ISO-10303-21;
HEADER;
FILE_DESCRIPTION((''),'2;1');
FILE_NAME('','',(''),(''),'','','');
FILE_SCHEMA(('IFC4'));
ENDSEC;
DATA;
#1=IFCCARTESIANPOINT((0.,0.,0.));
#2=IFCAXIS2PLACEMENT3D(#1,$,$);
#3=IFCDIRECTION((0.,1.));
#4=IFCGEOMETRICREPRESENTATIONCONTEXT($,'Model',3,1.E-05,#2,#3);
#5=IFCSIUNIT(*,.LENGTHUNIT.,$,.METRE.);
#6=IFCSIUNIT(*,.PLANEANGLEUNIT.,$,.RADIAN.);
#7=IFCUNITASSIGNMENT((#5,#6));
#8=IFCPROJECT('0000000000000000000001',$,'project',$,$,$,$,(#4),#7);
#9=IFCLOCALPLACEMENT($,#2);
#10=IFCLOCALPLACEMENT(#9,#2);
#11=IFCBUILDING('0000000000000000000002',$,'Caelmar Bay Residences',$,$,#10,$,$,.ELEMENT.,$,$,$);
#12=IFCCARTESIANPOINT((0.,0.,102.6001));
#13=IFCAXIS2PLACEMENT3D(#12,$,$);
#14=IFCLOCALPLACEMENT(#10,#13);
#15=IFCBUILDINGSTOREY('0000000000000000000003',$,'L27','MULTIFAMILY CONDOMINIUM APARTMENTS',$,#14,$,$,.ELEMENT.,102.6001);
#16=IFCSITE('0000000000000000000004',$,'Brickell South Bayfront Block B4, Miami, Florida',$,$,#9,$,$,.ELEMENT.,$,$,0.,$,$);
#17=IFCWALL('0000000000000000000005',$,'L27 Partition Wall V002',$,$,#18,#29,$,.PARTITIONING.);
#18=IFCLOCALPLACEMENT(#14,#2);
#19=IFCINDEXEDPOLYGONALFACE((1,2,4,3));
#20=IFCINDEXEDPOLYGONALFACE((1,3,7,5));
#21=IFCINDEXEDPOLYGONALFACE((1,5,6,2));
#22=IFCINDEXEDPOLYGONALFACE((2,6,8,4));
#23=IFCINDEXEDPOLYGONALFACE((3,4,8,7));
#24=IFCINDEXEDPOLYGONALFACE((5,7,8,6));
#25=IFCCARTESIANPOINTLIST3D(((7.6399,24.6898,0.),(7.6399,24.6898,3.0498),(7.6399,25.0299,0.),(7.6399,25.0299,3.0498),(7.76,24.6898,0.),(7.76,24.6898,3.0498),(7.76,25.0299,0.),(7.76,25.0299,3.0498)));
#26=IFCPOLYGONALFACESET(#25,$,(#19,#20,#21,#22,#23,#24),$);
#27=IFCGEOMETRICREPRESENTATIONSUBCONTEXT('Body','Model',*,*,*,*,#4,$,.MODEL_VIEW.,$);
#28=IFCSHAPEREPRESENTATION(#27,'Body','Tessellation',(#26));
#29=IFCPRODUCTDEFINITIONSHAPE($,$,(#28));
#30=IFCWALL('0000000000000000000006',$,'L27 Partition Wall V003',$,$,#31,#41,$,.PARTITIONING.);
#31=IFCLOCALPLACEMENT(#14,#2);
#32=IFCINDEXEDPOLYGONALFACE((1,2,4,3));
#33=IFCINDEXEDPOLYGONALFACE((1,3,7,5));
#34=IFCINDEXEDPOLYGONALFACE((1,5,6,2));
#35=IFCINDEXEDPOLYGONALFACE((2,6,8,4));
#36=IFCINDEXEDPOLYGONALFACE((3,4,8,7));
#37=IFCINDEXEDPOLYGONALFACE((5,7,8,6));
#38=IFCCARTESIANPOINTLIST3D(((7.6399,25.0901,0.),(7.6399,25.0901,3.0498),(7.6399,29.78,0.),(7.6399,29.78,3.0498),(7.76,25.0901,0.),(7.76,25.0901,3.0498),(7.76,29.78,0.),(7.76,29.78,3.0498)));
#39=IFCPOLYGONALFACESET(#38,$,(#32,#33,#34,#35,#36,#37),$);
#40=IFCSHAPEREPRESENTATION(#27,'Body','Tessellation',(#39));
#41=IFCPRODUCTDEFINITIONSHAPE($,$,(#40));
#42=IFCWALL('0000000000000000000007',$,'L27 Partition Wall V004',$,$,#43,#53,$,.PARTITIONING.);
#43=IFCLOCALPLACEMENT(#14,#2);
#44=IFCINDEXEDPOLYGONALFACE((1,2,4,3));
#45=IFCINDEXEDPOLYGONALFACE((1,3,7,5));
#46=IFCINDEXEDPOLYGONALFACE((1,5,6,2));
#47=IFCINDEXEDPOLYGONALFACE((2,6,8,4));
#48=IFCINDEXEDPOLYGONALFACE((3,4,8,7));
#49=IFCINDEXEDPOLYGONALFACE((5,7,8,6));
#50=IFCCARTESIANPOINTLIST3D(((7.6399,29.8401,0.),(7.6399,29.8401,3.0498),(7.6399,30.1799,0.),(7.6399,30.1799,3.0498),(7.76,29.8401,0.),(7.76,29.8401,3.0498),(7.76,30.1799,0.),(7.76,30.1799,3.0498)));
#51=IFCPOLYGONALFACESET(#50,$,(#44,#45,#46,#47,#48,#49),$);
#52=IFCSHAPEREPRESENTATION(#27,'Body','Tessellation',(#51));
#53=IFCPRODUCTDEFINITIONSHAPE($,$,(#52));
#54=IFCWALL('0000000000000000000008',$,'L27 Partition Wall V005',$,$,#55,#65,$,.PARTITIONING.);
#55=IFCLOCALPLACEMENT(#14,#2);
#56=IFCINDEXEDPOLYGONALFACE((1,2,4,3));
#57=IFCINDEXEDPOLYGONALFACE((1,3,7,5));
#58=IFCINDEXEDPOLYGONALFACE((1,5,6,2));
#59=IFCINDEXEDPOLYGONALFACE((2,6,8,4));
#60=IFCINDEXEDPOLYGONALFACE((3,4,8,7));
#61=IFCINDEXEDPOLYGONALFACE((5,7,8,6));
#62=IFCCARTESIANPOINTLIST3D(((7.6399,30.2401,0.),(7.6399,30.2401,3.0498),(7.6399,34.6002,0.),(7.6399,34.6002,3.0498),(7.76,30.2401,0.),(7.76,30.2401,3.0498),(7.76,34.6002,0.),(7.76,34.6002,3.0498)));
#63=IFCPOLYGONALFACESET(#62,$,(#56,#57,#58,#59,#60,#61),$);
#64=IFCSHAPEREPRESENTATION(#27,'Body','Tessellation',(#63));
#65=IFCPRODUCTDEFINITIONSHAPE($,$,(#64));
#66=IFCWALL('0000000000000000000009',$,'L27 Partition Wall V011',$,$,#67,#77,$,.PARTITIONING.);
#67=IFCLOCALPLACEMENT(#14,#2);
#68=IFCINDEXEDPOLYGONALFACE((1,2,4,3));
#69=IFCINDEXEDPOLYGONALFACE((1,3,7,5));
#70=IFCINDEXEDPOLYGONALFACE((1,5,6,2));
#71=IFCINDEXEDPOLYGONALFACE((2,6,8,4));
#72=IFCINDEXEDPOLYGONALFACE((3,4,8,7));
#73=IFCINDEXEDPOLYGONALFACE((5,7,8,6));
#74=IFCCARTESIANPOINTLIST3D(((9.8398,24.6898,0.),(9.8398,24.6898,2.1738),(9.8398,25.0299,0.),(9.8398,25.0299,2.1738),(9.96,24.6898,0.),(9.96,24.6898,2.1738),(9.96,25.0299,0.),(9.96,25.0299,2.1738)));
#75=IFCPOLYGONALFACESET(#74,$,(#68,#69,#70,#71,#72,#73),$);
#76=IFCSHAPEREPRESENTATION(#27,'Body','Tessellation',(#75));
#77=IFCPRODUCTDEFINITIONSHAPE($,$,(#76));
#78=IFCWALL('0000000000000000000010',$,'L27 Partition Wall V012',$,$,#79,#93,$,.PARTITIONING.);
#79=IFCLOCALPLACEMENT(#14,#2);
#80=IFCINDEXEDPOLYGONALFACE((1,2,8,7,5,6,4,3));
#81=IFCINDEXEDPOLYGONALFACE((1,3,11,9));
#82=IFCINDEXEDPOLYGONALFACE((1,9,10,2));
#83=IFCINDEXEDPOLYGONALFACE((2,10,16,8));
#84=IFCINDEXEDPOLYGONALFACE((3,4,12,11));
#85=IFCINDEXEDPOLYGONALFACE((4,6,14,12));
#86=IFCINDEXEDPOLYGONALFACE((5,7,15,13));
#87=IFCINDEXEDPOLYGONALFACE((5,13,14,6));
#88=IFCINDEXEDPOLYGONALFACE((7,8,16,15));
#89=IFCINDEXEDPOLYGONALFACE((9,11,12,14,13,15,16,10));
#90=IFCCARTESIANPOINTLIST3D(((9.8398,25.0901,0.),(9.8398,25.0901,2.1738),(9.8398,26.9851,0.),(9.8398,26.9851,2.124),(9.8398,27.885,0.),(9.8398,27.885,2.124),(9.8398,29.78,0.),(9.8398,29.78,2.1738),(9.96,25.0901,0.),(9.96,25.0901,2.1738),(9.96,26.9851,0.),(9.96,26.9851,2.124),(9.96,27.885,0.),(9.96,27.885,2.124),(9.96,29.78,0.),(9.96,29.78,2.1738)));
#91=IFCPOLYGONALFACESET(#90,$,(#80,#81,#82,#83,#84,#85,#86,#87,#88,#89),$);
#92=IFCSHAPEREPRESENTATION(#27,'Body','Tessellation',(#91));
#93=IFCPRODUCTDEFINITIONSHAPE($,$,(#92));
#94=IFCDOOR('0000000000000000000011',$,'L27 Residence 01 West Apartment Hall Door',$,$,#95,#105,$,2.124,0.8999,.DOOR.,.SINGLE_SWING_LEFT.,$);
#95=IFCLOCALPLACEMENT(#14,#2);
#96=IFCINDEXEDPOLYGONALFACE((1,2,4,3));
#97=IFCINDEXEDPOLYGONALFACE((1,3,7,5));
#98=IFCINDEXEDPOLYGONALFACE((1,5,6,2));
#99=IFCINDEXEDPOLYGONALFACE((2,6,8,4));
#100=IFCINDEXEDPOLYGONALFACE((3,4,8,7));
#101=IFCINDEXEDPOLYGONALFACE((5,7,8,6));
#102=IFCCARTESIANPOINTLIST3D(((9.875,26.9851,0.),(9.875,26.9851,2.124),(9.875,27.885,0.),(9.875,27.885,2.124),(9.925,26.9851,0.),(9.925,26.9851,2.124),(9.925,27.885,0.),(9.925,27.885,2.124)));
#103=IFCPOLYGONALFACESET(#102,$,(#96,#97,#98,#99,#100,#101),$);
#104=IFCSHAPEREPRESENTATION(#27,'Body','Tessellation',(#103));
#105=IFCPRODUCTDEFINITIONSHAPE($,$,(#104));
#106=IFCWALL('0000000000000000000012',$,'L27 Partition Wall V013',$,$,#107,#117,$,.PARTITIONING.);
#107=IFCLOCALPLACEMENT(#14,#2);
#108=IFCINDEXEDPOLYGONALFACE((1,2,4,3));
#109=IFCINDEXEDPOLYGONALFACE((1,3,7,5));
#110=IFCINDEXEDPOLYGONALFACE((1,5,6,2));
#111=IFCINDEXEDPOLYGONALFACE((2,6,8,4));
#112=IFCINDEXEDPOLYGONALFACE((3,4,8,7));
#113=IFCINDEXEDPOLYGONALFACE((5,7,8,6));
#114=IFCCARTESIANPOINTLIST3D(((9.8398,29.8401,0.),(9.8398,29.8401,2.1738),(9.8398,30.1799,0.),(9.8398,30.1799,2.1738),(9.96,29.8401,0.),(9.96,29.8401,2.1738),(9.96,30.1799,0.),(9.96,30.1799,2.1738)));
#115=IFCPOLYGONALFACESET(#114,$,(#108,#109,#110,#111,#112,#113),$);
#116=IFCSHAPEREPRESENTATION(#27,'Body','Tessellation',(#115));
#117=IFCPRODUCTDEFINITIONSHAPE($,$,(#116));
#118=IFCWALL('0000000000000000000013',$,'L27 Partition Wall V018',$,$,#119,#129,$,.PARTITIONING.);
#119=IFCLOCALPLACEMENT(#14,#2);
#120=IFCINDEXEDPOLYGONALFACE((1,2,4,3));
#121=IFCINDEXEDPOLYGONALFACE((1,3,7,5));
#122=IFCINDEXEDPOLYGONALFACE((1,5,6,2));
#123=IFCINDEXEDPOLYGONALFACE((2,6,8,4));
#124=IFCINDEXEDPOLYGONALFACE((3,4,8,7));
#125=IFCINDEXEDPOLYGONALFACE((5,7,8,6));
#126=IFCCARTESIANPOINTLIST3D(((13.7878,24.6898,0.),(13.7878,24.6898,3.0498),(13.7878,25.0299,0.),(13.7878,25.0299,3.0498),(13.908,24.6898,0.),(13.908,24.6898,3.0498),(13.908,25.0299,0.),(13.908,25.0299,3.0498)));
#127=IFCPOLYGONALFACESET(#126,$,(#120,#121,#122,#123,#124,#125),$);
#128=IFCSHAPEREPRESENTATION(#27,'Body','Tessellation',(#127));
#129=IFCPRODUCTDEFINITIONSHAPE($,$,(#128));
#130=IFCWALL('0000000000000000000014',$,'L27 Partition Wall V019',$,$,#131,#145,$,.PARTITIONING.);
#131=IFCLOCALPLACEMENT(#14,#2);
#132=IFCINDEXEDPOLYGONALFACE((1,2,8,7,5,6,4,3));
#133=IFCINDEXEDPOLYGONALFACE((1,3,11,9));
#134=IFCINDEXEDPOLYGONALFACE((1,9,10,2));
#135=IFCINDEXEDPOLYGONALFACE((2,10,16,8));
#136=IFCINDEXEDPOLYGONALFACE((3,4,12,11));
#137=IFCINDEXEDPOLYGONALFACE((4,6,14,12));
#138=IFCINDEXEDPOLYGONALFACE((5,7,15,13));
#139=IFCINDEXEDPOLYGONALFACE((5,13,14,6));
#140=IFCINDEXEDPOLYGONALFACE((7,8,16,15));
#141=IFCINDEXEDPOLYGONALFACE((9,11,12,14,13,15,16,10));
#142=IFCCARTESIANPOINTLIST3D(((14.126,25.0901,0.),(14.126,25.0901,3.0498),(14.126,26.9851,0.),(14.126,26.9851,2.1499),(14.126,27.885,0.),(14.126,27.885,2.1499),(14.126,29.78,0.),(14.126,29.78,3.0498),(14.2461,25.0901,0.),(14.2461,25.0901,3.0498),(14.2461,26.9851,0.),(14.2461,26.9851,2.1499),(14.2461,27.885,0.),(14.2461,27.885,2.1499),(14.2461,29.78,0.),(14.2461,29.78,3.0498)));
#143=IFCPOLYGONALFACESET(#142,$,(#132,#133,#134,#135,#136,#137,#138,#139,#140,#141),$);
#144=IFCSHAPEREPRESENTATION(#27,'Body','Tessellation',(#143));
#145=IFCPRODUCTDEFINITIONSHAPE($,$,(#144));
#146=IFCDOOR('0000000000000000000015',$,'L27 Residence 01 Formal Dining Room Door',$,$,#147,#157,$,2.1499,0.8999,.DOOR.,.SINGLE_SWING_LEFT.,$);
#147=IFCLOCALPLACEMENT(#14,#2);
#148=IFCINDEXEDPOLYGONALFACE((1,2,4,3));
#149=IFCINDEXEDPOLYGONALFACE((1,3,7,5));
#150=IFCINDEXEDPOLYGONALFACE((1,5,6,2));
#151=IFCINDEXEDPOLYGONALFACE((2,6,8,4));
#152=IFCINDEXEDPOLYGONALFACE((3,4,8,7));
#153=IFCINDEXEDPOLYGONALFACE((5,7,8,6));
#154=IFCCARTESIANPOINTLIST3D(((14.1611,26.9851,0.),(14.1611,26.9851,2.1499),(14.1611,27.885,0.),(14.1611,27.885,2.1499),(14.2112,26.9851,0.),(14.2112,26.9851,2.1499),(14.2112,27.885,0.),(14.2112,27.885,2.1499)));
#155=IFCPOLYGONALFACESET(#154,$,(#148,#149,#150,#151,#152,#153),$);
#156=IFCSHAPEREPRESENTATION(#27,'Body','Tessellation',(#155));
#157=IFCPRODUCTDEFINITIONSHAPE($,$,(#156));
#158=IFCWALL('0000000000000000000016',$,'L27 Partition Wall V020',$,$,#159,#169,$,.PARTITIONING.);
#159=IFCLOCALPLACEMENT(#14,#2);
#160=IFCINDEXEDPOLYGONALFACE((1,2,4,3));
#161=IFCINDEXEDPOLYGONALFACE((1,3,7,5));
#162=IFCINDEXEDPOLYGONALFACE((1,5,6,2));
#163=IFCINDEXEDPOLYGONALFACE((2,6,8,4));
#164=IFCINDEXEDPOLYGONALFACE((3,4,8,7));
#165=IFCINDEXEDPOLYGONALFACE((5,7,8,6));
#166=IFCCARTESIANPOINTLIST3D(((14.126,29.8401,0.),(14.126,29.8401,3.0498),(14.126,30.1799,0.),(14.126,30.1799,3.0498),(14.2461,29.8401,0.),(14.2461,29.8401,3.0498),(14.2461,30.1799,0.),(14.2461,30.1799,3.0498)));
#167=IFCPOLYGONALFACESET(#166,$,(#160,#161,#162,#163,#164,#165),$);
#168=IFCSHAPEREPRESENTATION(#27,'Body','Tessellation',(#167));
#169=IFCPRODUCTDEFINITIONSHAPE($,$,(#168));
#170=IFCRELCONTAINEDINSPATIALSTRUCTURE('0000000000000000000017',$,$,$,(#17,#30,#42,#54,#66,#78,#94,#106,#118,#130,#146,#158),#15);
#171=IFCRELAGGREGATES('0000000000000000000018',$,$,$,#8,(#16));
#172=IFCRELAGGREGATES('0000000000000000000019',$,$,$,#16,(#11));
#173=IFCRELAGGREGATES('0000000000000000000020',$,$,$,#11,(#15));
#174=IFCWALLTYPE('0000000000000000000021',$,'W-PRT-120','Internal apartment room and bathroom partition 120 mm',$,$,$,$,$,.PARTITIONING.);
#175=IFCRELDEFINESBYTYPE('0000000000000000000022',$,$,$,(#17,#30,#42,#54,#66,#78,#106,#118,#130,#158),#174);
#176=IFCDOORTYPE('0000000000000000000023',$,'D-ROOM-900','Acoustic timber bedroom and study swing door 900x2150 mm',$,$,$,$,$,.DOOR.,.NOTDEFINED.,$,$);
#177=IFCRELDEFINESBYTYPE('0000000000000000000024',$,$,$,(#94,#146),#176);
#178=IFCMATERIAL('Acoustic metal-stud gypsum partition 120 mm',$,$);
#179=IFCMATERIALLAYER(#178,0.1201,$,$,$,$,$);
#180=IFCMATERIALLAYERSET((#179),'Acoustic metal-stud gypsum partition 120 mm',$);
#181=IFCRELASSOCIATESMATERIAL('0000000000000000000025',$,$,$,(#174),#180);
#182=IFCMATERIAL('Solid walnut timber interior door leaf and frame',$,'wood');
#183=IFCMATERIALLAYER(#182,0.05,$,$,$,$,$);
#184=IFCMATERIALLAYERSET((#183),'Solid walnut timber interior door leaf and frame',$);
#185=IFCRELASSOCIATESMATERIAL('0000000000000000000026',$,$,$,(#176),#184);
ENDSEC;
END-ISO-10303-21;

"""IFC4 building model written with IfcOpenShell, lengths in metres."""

from ifc_helpers import new_model, si_unit, direction, frame, frame_2d, origin, place, context, subcontext, project, spatial, rectangle, extrude, material, layer, layer_set, type_object, element, fill, save


model = new_model("IFC4")

# Units and contexts
model_context = context("Model", 3, precision=1e-05, world=origin(), true_north=direction((0.0, 1.0)))
body_context = subcontext(model_context, "Body", "Model", "MODEL_VIEW")
ifc_project = project(units=[si_unit("LENGTHUNIT", "METRE"), si_unit("PLANEANGLEUNIT", "RADIAN")], contexts=[model_context])

# Site, building, storey
site_placement = place(None, origin())
site = spatial("IfcSite", under=ifc_project, at=site_placement, Name="Brickell South Bayfront Block B4, Miami, Florida", CompositionType="ELEMENT", RefElevation=0.0)
building_placement = place(site_placement, origin())
building = spatial("IfcBuilding", under=site, at=building_placement, Name="Caelmar Bay Residences", CompositionType="ELEMENT")
storey_placement = place(building_placement, frame((0.0, 0.0, 102.6001)))
storey = spatial("IfcBuildingStorey", under=building, at=storey_placement, Name="L27", Description="MULTIFAMILY CONDOMINIUM APARTMENTS", CompositionType="ELEMENT", Elevation=102.6001)

# Walls
ifc_material_1 = material(Name="Acoustic metal-stud gypsum partition 120 mm")
ifc_layer_1 = layer(ifc_material_1, 0.1201)
ifc_layer_set_1 = layer_set([ifc_layer_1], Name="Acoustic metal-stud gypsum partition 120 mm")
wall_type_1 = type_object("IfcWallType", Name="W-PRT-120", Description="Internal apartment room and bathroom partition 120 mm", PredefinedType="PARTITIONING", material=ifc_layer_set_1)
wall_1_placement = place(storey_placement, frame((7.7, 24.6899, 0.0), z_axis=(0.0, 0.0, 1.0), x_axis=(0.0, 1.0, 0.0)))
element("IfcWall", 1, at=wall_1_placement, inside=storey, type_object=wall_type_1, Name="L27 Partition Wall V002", PredefinedType="PARTITIONING", context=body_context, shape_type="SweptSolid", body=[
    extrude(rectangle(XDim=0.3401, YDim=0.1201, at=frame_2d((0.1699, 0.0))), origin(), (0.0, 0.0, 1.0), 3.0498),
])
wall_2_placement = place(storey_placement, frame((7.7, 25.0901, 0.0), z_axis=(0.0, 0.0, 1.0), x_axis=(0.0, 1.0, 0.0)))
element("IfcWall", 2, at=wall_2_placement, inside=storey, type_object=wall_type_1, Name="L27 Partition Wall V003", PredefinedType="PARTITIONING", context=body_context, shape_type="SweptSolid", body=[
    extrude(rectangle(XDim=4.6899, YDim=0.1201, at=frame_2d((2.345, 0.0))), origin(), (0.0, 0.0, 1.0), 3.0498),
])
wall_3_placement = place(storey_placement, frame((7.7, 29.8401, 0.0), z_axis=(0.0, 0.0, 1.0), x_axis=(0.0, 1.0, 0.0)))
element("IfcWall", 3, at=wall_3_placement, inside=storey, type_object=wall_type_1, Name="L27 Partition Wall V004", PredefinedType="PARTITIONING", context=body_context, shape_type="SweptSolid", body=[
    extrude(rectangle(XDim=0.3398, YDim=0.1201, at=frame_2d((0.1699, 0.0))), origin(), (0.0, 0.0, 1.0), 3.0498),
])
wall_4_placement = place(storey_placement, frame((7.7, 30.24, 0.0), z_axis=(0.0, 0.0, 1.0), x_axis=(0.0, 1.0, 0.0)))
element("IfcWall", 4, at=wall_4_placement, inside=storey, type_object=wall_type_1, Name="L27 Partition Wall V005", PredefinedType="PARTITIONING", context=body_context, shape_type="SweptSolid", body=[
    extrude(rectangle(XDim=4.3601, YDim=0.1201, at=frame_2d((2.1802, 0.0))), origin(), (0.0, 0.0, 1.0), 3.0498),
])
wall_5_placement = place(storey_placement, frame((9.8999, 24.6899, 0.0), z_axis=(0.0, 0.0, 1.0), x_axis=(0.0, 1.0, 0.0)))
element("IfcWall", 5, at=wall_5_placement, inside=storey, type_object=wall_type_1, Name="L27 Partition Wall V011", PredefinedType="PARTITIONING", context=body_context, shape_type="SweptSolid", body=[
    extrude(rectangle(XDim=0.3401, YDim=0.1201, at=frame_2d((0.1699, 0.0))), origin(), (0.0, 0.0, 1.0), 2.1738),
])

# Wall, opening, door
wall_6_placement = place(storey_placement, frame((9.8999, 25.0901, 0.0), z_axis=(0.0, 0.0, 1.0), x_axis=(0.0, 1.0, 0.0)))
wall_6 = element("IfcWall", 6, at=wall_6_placement, inside=storey, type_object=wall_type_1, Name="L27 Partition Wall V012", PredefinedType="PARTITIONING", context=body_context, shape_type="SweptSolid", body=[
    extrude(rectangle(XDim=4.6899, YDim=0.1201, at=frame_2d((2.345, 0.0))), origin(), (0.0, 0.0, 1.0), 2.1738),
])
opening_1_placement = place(wall_6_placement, frame((1.895, 0.0, 0.0)))
opening_1 = element("IfcOpeningElement", 7, at=opening_1_placement, cuts=wall_6, PredefinedType="OPENING", context=body_context, shape_type="SweptSolid", body=[
    extrude(rectangle(XDim=0.8999, YDim=2.124, at=frame_2d((0.45, 1.062))), frame((0.0, 0.0701, 0.0), z_axis=(0.0, -1.0, 0.0), x_axis=(1.0, 0.0, 0.0)), (0.0, 0.0, 1.0), 0.1401),
])
ifc_material_2 = material(Name="Solid walnut timber interior door leaf and frame", Category="wood")
ifc_layer_2 = layer(ifc_material_2, 0.05)
ifc_layer_set_2 = layer_set([ifc_layer_2], Name="Solid walnut timber interior door leaf and frame")
door_type = type_object("IfcDoorType", Name="D-ROOM-900", Description="Acoustic timber bedroom and study swing door 900x2150 mm", OperationType="NOTDEFINED", PredefinedType="DOOR", material=ifc_layer_set_2)
door_1_placement = place(opening_1_placement, origin())
door_1 = element("IfcDoor", 8, at=door_1_placement, inside=storey, type_object=door_type, Name="L27 Residence 01 West Apartment Hall Door", OperationType="SINGLE_SWING_LEFT", OverallHeight=2.124, OverallWidth=0.8999, PredefinedType="DOOR", context=body_context, shape_type="SweptSolid", body=[
    extrude(rectangle(XDim=0.8999, YDim=2.124, at=frame_2d((0.45, 1.062))), frame((0.0, 0.0249, 0.0), z_axis=(0.0, -1.0, 0.0), x_axis=(1.0, 0.0, 0.0)), (0.0, 0.0, 1.0), 0.05),
])
fill(opening_1, door_1)

# Walls
wall_7_placement = place(storey_placement, frame((9.8999, 29.8401, 0.0), z_axis=(0.0, 0.0, 1.0), x_axis=(0.0, 1.0, 0.0)))
element("IfcWall", 9, at=wall_7_placement, inside=storey, type_object=wall_type_1, Name="L27 Partition Wall V013", PredefinedType="PARTITIONING", context=body_context, shape_type="SweptSolid", body=[
    extrude(rectangle(XDim=0.3398, YDim=0.1201, at=frame_2d((0.1699, 0.0))), origin(), (0.0, 0.0, 1.0), 2.1738),
])
wall_8_placement = place(storey_placement, frame((13.8479, 24.6899, 0.0), z_axis=(0.0, 0.0, 1.0), x_axis=(0.0, 1.0, 0.0)))
element("IfcWall", 10, at=wall_8_placement, inside=storey, type_object=wall_type_1, Name="L27 Partition Wall V018", PredefinedType="PARTITIONING", context=body_context, shape_type="SweptSolid", body=[
    extrude(rectangle(XDim=0.3401, YDim=0.1201, at=frame_2d((0.1699, 0.0))), origin(), (0.0, 0.0, 1.0), 3.0498),
])

# Wall, opening, door
wall_9_placement = place(storey_placement, frame((14.186, 25.0901, 0.0), z_axis=(0.0, 0.0, 1.0), x_axis=(0.0, 1.0, 0.0)))
wall_9 = element("IfcWall", 11, at=wall_9_placement, inside=storey, type_object=wall_type_1, Name="L27 Partition Wall V019", PredefinedType="PARTITIONING", context=body_context, shape_type="SweptSolid", body=[
    extrude(rectangle(XDim=4.6899, YDim=0.1201, at=frame_2d((2.345, 0.0))), origin(), (0.0, 0.0, 1.0), 3.0498),
])
opening_2_placement = place(wall_9_placement, frame((1.895, 0.0, 0.0)))
opening_2 = element("IfcOpeningElement", 12, at=opening_2_placement, cuts=wall_9, PredefinedType="OPENING", context=body_context, shape_type="SweptSolid", body=[
    extrude(rectangle(XDim=0.8999, YDim=2.1499, at=frame_2d((0.45, 1.075))), frame((0.0, 0.0701, 0.0), z_axis=(0.0, -1.0, 0.0), x_axis=(1.0, 0.0, 0.0)), (0.0, 0.0, 1.0), 0.1401),
])
door_2_placement = place(opening_2_placement, origin())
door_2 = element("IfcDoor", 13, at=door_2_placement, inside=storey, type_object=door_type, Name="L27 Residence 01 Formal Dining Room Door", OperationType="SINGLE_SWING_LEFT", OverallHeight=2.1499, OverallWidth=0.8999, PredefinedType="DOOR", context=body_context, shape_type="SweptSolid", body=[
    extrude(rectangle(XDim=0.8999, YDim=2.1499, at=frame_2d((0.45, 1.075))), frame((0.0, 0.0249, 0.0), z_axis=(0.0, -1.0, 0.0), x_axis=(1.0, 0.0, 0.0)), (0.0, 0.0, 1.0), 0.05),
])
fill(opening_2, door_2)

# Wall
wall_10_placement = place(storey_placement, frame((14.186, 29.8401, 0.0), z_axis=(0.0, 0.0, 1.0), x_axis=(0.0, 1.0, 0.0)))
element("IfcWall", 14, at=wall_10_placement, inside=storey, type_object=wall_type_1, Name="L27 Partition Wall V020", PredefinedType="PARTITIONING", context=body_context, shape_type="SweptSolid", body=[
    extrude(rectangle(XDim=0.3398, YDim=0.1201, at=frame_2d((0.1699, 0.0))), origin(), (0.0, 0.0, 1.0), 3.0498),
])

save(model, "model.ifc")
